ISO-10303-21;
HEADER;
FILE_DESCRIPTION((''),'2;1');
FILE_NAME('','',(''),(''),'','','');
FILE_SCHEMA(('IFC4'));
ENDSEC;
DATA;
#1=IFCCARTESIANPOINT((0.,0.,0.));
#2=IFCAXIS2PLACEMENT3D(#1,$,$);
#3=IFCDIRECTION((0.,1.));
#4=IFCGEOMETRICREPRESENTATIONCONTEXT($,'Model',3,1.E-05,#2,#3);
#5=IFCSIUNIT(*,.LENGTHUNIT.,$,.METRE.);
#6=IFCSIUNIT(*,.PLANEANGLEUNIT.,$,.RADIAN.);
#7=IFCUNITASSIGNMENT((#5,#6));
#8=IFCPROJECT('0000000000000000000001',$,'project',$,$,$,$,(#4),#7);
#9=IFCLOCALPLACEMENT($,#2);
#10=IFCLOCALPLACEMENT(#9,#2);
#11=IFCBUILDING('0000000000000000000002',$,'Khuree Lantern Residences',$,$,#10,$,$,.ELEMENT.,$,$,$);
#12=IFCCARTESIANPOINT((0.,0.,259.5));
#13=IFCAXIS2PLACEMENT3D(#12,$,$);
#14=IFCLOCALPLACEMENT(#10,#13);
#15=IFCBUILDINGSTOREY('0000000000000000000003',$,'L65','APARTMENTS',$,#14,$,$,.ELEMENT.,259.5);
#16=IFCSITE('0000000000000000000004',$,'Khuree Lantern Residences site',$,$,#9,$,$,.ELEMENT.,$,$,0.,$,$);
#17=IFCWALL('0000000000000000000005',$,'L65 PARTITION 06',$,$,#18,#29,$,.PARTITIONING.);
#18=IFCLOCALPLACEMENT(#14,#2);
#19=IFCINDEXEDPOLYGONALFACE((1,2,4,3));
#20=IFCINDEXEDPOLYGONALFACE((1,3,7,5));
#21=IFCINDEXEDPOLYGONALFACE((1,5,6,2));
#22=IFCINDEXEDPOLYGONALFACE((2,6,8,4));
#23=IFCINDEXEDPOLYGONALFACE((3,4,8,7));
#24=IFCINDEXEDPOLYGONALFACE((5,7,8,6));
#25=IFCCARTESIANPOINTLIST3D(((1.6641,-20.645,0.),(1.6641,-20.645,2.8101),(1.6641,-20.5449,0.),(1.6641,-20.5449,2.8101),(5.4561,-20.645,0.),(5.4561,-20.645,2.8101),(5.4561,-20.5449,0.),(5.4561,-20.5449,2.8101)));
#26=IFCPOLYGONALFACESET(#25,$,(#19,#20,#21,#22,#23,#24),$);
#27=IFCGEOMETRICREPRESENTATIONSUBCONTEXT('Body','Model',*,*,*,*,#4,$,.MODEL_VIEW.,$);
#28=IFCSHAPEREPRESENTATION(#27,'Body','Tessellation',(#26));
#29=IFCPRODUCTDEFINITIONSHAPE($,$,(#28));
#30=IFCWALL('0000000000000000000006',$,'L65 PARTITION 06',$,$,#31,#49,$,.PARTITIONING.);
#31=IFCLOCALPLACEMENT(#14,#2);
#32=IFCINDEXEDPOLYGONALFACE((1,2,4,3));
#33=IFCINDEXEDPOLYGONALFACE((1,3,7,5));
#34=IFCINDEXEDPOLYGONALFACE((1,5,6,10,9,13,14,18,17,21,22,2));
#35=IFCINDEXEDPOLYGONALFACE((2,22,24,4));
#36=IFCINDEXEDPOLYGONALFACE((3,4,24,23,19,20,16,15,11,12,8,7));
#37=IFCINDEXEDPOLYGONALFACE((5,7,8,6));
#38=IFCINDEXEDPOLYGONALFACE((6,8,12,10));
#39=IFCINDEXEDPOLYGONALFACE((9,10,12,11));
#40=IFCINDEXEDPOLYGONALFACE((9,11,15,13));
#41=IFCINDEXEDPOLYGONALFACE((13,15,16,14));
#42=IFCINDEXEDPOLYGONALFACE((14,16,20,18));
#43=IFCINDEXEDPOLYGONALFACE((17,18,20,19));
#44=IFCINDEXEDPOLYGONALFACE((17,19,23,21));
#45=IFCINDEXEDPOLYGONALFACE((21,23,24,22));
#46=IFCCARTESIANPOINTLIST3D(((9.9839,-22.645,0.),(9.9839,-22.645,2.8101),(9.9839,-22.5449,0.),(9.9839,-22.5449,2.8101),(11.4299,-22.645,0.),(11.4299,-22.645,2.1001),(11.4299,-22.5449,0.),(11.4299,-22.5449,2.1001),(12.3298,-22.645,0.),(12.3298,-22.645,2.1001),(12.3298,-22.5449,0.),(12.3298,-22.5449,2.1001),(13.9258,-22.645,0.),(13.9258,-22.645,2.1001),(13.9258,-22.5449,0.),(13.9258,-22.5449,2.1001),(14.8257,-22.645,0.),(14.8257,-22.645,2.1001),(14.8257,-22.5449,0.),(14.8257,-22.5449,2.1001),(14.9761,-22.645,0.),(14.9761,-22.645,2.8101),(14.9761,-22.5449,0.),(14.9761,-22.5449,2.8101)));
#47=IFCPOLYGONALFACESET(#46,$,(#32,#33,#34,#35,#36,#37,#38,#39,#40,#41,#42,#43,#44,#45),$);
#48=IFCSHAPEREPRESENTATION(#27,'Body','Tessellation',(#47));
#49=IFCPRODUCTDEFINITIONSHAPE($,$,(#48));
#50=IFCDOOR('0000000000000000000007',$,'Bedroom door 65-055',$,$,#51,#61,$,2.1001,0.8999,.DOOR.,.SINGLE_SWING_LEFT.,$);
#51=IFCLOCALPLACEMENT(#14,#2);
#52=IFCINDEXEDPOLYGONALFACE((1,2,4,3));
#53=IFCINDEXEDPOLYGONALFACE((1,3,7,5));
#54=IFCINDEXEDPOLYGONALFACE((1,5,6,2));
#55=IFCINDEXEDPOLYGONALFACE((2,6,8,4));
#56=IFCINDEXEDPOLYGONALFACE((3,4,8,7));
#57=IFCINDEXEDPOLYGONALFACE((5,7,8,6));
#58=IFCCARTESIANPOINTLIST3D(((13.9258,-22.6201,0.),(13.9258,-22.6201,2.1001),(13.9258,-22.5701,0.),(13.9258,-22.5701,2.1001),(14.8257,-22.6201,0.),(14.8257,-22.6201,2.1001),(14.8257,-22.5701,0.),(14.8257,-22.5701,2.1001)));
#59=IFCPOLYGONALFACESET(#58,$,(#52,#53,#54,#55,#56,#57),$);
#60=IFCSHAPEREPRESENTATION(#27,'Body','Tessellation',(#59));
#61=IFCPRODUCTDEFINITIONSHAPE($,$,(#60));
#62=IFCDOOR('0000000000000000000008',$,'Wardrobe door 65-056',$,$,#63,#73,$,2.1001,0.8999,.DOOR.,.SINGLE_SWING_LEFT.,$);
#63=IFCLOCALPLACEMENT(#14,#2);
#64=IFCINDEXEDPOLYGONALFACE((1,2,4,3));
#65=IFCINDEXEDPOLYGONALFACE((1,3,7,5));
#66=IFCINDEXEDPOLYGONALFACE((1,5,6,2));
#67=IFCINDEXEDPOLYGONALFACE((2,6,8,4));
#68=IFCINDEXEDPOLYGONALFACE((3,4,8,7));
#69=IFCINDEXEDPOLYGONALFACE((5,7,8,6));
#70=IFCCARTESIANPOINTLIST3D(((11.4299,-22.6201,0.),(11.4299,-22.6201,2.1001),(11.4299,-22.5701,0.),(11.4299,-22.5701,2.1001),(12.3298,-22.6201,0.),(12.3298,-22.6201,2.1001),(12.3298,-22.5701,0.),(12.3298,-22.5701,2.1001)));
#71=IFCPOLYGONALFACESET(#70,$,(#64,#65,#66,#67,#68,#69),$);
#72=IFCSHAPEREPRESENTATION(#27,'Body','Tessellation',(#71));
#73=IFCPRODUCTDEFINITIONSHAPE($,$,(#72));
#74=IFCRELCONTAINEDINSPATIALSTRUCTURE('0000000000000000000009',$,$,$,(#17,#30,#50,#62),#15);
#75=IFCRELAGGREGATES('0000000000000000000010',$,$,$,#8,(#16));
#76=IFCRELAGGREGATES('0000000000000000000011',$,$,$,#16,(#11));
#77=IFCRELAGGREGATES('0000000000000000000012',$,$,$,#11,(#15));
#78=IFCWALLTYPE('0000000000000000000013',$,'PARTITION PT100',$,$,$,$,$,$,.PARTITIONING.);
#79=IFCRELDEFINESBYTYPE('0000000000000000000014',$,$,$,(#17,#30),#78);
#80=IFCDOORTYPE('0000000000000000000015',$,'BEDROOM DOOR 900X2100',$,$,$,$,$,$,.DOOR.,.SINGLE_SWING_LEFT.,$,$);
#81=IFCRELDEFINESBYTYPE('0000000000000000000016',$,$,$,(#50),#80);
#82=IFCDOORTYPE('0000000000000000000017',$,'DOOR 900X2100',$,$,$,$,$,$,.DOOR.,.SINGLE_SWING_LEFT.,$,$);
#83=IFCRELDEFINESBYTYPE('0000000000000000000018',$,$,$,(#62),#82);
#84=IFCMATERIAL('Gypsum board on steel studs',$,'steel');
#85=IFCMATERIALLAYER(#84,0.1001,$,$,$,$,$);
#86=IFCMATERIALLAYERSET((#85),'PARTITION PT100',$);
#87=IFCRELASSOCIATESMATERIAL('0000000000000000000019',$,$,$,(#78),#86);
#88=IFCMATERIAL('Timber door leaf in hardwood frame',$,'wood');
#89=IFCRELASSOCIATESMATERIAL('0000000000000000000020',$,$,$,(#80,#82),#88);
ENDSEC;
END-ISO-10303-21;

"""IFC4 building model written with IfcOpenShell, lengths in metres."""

from ifc_helpers import new_model, si_unit, direction, frame, frame_2d, origin, place, context, subcontext, project, spatial, rectangle, extrude, material, layer, layer_set, type_object, element, fill, save


model = new_model("IFC4")

# Units and contexts
model_context = context("Model", 3, precision=1e-05, world=origin(), true_north=direction((0.0, 1.0)))
body_context = subcontext(model_context, "Body", "Model", "MODEL_VIEW")
ifc_project = project(units=[si_unit("LENGTHUNIT", "METRE"), si_unit("PLANEANGLEUNIT", "RADIAN")], contexts=[model_context])

# Site, building, storey
site_placement = place(None, origin())
site = spatial("IfcSite", under=ifc_project, at=site_placement, Name="Khuree Lantern Residences site", CompositionType="ELEMENT", RefElevation=0.0)
building_placement = place(site_placement, origin())
building = spatial("IfcBuilding", under=site, at=building_placement, Name="Khuree Lantern Residences", CompositionType="ELEMENT")
storey_placement = place(building_placement, frame((0.0, 0.0, 259.5)))
storey = spatial("IfcBuildingStorey", under=building, at=storey_placement, Name="L65", Description="APARTMENTS", CompositionType="ELEMENT", Elevation=259.5)

# Shared definitions
ifc_material_1 = material(Name="Gypsum board on steel studs", Category="steel")
ifc_layer_1 = layer(ifc_material_1, 0.1001)
ifc_layer_set_1 = layer_set([ifc_layer_1], Name="PARTITION PT100")
wall_type = type_object("IfcWallType", Name="PARTITION PT100", PredefinedType="PARTITIONING", material=ifc_layer_set_1)

# Shared definitions
ifc_material_2 = material(Name="Timber door leaf in hardwood frame", Category="wood")
door_type_1 = type_object("IfcDoorType", Name="BEDROOM DOOR 900X2100", OperationType="SINGLE_SWING_LEFT", PredefinedType="DOOR", material=ifc_material_2)
door_type_2 = type_object("IfcDoorType", Name="DOOR 900X2100", OperationType="SINGLE_SWING_LEFT", PredefinedType="DOOR", material=ifc_material_2)

# Wall
wall_1_placement = place(storey_placement, frame((1.6641, -20.595, 0.0), z_axis=(0.0, 0.0, 1.0), x_axis=(1.0, 0.0, 0.0)))
element("IfcWall", 1, at=wall_1_placement, inside=storey, type_object=wall_type, Name="L65 PARTITION 06", PredefinedType="PARTITIONING", context=body_context, shape_type="SweptSolid", body=[
    extrude(rectangle(XDim=3.792, YDim=0.1001, at=frame_2d((1.896, 0.0))), origin(), (0.0, 0.0, 1.0), 2.8101),
])

# Wall, openings, doors
wall_2_placement = place(storey_placement, frame((9.9839, -22.595, 0.0), z_axis=(0.0, 0.0, 1.0), x_axis=(1.0, 0.0, 0.0)))
wall_2 = element("IfcWall", 2, at=wall_2_placement, inside=storey, type_object=wall_type, Name="L65 PARTITION 06", PredefinedType="PARTITIONING", context=body_context, shape_type="SweptSolid", body=[
    extrude(rectangle(XDim=4.9922, YDim=0.1001, at=frame_2d((2.4961, 0.0))), origin(), (0.0, 0.0, 1.0), 2.8101),
])
opening_1_placement = place(wall_2_placement, frame((3.9419, 0.0, 0.0)))
opening_1 = element("IfcOpeningElement", 3, at=opening_1_placement, cuts=wall_2, PredefinedType="OPENING", context=body_context, shape_type="SweptSolid", body=[
    extrude(rectangle(XDim=0.8999, YDim=2.1001, at=frame_2d((0.45, 1.05))), frame((0.0, 0.0601, 0.0), z_axis=(0.0, -1.0, 0.0), x_axis=(1.0, 0.0, 0.0)), (0.0, 0.0, 1.0), 0.1201),
])
opening_2_placement = place(wall_2_placement, frame((1.446, 0.0, 0.0)))
opening_2 = element("IfcOpeningElement", 4, at=opening_2_placement, cuts=wall_2, PredefinedType="OPENING", context=body_context, shape_type="SweptSolid", body=[
    extrude(rectangle(XDim=0.8999, YDim=2.1001, at=frame_2d((0.45, 1.05))), frame((0.0, 0.0601, 0.0), z_axis=(0.0, -1.0, 0.0), x_axis=(1.0, 0.0, 0.0)), (0.0, 0.0, 1.0), 0.1201),
])
door_1_placement = place(opening_1_placement, origin())
door_1 = element("IfcDoor", 5, at=door_1_placement, inside=storey, type_object=door_type_1, Name="Bedroom door 65-055", OperationType="SINGLE_SWING_LEFT", OverallHeight=2.1001, OverallWidth=0.8999, PredefinedType="DOOR", context=body_context, shape_type="SweptSolid", body=[
    extrude(rectangle(XDim=0.8999, YDim=2.1001, at=frame_2d((0.45, 1.05))), frame((0.0, 0.0249, 0.0), z_axis=(0.0, -1.0, 0.0), x_axis=(1.0, 0.0, 0.0)), (0.0, 0.0, 1.0), 0.05),
])
fill(opening_1, door_1)
door_2_placement = place(opening_2_placement, origin())
door_2 = element("IfcDoor", 6, at=door_2_placement, inside=storey, type_object=door_type_2, Name="Wardrobe door 65-056", OperationType="SINGLE_SWING_LEFT", OverallHeight=2.1001, OverallWidth=0.8999, PredefinedType="DOOR", context=body_context, shape_type="SweptSolid", body=[
    extrude(rectangle(XDim=0.8999, YDim=2.1001, at=frame_2d((0.45, 1.05))), frame((0.0, 0.0249, 0.0), z_axis=(0.0, -1.0, 0.0), x_axis=(1.0, 0.0, 0.0)), (0.0, 0.0, 1.0), 0.05),
])
fill(opening_2, door_2)

save(model, "model.ifc")
